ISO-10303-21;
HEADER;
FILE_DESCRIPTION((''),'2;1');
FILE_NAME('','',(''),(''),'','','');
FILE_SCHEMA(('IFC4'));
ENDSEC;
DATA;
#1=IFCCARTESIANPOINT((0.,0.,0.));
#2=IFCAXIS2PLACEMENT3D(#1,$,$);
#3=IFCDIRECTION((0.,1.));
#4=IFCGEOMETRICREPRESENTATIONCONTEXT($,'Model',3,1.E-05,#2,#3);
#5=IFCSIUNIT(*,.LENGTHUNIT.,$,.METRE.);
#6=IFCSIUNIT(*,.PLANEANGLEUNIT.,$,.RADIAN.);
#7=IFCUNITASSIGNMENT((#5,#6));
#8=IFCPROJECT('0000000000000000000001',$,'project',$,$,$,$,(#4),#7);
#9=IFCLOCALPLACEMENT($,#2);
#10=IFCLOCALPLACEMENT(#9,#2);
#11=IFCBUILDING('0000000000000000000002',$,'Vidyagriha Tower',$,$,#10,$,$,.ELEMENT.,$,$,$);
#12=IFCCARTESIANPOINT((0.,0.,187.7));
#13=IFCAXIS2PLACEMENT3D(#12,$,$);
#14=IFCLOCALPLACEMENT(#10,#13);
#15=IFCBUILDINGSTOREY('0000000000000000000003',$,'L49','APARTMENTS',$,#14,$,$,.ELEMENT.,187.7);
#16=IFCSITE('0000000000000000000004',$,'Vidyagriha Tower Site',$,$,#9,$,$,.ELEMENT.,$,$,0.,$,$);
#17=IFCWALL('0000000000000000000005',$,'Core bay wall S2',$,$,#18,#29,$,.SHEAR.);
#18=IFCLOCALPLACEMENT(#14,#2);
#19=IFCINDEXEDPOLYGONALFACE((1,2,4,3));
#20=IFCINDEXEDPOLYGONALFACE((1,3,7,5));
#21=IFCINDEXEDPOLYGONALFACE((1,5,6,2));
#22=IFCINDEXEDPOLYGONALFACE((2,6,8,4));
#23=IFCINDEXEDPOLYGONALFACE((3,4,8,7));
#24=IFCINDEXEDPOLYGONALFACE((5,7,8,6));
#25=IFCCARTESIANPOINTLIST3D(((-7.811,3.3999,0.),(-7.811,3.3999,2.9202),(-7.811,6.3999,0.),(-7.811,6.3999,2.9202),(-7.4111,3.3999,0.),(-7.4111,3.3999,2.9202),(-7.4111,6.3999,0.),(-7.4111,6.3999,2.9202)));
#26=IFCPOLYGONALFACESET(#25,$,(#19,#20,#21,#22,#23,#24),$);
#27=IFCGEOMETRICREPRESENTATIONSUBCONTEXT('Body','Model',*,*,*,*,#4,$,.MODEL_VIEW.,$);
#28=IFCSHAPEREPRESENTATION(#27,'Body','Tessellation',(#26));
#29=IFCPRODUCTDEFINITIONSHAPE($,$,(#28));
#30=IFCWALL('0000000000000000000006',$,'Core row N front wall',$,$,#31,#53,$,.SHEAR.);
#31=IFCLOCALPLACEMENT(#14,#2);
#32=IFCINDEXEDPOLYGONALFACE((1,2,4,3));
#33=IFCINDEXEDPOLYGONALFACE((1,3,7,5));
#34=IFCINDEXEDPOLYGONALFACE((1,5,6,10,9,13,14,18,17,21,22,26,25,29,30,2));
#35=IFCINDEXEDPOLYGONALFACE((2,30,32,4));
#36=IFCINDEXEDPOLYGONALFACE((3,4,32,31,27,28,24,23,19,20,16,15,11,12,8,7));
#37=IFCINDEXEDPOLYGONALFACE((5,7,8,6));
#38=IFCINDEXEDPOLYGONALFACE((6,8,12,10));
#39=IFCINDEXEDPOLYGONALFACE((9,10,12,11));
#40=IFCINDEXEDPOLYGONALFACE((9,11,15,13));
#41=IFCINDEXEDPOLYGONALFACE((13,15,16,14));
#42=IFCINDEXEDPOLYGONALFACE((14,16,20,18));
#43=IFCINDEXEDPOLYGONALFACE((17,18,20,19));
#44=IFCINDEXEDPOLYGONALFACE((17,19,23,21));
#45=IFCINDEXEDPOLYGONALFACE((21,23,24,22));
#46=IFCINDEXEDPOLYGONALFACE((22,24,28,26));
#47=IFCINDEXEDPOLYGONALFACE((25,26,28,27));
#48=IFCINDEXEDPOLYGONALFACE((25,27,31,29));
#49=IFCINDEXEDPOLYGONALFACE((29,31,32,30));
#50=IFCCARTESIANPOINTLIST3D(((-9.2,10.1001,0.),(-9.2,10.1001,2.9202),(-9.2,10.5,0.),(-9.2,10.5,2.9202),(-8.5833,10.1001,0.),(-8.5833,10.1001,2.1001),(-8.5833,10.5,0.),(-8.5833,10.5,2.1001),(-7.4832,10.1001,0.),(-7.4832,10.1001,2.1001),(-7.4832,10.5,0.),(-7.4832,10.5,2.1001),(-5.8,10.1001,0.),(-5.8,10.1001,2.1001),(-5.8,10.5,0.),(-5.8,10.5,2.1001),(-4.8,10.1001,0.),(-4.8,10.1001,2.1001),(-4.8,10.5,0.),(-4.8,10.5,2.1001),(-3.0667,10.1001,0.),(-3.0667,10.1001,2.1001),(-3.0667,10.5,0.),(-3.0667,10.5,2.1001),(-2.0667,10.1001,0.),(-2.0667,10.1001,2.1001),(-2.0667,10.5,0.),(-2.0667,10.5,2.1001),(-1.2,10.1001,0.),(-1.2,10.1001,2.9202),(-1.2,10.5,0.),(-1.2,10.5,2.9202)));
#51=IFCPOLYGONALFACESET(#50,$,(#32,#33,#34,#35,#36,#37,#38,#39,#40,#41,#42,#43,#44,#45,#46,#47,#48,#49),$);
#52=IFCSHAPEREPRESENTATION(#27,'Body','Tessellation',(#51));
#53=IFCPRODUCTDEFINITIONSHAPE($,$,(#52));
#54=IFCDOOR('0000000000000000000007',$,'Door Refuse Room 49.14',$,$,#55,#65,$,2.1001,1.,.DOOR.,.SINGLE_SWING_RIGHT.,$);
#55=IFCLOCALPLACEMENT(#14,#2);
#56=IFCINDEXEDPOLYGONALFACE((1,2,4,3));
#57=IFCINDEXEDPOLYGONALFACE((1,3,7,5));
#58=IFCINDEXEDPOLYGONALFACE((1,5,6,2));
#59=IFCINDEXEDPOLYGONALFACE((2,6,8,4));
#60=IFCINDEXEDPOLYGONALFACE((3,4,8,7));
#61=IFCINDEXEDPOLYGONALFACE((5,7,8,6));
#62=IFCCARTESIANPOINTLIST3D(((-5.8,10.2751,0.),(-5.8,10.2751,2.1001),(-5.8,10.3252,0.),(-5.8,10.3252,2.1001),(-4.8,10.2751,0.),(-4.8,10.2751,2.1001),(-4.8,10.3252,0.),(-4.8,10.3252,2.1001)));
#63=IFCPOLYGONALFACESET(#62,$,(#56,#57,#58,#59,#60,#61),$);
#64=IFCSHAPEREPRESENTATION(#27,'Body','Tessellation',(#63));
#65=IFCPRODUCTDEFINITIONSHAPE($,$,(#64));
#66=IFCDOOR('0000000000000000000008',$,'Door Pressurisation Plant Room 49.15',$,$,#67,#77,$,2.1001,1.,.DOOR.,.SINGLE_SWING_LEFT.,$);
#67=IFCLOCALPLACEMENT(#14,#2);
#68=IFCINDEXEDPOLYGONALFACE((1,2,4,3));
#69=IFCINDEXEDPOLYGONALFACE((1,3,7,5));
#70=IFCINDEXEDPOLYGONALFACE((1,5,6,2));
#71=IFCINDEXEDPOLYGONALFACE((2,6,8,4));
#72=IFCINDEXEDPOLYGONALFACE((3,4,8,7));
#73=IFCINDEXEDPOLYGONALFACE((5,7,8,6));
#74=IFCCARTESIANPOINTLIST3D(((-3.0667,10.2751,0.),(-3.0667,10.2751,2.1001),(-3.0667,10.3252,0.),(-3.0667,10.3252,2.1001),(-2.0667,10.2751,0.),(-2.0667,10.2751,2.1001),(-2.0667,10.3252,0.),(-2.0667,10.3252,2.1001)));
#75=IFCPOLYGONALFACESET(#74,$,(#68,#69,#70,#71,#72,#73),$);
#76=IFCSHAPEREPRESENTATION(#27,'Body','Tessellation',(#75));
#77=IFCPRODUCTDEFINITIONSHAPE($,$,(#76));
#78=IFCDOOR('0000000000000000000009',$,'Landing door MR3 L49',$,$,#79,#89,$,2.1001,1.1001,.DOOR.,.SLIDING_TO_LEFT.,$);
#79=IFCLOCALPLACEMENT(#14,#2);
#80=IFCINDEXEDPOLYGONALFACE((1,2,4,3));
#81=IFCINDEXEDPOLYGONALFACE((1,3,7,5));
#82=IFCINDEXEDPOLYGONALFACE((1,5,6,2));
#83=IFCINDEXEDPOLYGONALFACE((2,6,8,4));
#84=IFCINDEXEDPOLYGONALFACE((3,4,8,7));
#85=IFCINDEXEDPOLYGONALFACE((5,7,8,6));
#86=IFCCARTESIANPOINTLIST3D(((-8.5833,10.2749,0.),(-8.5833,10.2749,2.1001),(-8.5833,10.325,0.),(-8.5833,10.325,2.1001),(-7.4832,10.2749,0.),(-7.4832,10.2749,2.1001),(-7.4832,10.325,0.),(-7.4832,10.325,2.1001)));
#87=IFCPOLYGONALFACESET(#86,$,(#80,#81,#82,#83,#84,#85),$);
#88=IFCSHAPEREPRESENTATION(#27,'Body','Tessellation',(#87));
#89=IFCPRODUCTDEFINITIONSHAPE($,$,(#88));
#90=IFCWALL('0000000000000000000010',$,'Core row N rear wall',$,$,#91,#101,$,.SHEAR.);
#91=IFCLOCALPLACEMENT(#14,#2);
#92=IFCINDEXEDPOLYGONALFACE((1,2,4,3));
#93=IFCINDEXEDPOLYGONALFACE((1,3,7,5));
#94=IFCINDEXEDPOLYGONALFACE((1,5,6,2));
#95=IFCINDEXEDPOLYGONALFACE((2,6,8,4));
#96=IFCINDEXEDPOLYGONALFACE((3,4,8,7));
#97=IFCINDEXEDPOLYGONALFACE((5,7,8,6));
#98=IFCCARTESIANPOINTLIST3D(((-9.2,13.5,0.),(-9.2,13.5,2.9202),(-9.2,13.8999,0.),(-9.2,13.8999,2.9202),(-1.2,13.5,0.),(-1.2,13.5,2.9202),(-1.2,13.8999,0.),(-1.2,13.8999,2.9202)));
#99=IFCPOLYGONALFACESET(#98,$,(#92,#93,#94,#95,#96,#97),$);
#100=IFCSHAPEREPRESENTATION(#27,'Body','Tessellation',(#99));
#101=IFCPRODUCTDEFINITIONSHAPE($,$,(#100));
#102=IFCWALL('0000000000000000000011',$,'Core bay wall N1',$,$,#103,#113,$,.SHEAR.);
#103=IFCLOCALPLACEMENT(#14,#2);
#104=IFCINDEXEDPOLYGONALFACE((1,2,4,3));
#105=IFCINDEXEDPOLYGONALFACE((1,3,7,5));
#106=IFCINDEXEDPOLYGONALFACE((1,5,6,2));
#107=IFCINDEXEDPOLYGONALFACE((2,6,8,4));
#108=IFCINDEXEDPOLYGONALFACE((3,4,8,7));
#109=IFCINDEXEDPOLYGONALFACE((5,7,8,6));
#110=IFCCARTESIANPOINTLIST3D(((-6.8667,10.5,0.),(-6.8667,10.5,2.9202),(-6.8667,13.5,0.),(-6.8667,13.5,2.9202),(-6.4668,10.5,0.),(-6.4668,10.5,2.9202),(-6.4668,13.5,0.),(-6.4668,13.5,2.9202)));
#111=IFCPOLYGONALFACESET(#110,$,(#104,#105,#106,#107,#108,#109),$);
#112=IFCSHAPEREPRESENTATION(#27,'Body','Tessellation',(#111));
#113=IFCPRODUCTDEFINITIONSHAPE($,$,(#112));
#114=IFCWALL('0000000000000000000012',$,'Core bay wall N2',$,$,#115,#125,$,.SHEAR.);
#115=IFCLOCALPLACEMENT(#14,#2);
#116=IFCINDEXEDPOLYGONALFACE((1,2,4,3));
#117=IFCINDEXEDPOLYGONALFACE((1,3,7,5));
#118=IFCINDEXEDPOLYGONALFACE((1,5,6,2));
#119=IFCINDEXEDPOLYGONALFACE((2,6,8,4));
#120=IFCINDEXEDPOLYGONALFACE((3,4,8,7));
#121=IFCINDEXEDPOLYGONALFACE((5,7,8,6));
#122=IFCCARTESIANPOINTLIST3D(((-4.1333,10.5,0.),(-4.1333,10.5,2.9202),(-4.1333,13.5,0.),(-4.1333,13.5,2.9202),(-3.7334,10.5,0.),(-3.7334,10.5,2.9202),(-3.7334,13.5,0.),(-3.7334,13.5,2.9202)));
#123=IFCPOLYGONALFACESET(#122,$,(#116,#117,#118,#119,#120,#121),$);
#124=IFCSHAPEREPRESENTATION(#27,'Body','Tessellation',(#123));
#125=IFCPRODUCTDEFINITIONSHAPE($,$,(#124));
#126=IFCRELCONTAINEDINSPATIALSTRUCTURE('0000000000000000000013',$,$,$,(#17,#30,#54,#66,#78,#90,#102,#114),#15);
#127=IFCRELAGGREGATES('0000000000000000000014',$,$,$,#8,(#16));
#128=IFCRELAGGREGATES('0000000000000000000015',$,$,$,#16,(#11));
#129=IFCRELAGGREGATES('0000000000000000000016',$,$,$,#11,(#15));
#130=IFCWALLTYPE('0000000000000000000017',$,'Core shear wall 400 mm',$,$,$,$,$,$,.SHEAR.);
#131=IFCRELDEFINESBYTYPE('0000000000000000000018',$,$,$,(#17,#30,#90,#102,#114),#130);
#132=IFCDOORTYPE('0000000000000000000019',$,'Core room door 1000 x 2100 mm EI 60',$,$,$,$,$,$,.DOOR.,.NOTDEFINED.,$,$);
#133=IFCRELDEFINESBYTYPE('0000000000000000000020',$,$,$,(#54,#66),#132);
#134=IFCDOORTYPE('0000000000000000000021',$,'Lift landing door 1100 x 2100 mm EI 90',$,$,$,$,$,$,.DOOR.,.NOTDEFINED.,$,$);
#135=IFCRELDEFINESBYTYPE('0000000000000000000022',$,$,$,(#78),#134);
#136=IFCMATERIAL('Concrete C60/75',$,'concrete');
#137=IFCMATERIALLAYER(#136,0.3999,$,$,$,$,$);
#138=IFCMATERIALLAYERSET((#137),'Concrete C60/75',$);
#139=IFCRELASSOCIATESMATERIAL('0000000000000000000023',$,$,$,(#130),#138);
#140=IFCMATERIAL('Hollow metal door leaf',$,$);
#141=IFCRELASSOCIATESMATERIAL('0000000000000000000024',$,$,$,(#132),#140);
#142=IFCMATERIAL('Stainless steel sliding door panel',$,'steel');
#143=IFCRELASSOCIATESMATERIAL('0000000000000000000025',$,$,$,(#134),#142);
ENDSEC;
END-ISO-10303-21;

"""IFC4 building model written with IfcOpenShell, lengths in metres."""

from ifc_helpers import new_model, si_unit, direction, frame, frame_2d, origin, place, context, subcontext, project, spatial, rectangle, extrude, material, layer, layer_set, type_object, element, fill, save


model = new_model("IFC4")

# Units and contexts
model_context = context("Model", 3, precision=1e-05, world=origin(), true_north=direction((0.0, 1.0)))
body_context = subcontext(model_context, "Body", "Model", "MODEL_VIEW")
ifc_project = project(units=[si_unit("LENGTHUNIT", "METRE"), si_unit("PLANEANGLEUNIT", "RADIAN")], contexts=[model_context])

# Site, building, storey
site_placement = place(None, origin())
site = spatial("IfcSite", under=ifc_project, at=site_placement, Name="Vidyagriha Tower Site", CompositionType="ELEMENT", RefElevation=0.0)
building_placement = place(site_placement, origin())
building = spatial("IfcBuilding", under=site, at=building_placement, Name="Vidyagriha Tower", CompositionType="ELEMENT")
storey_placement = place(building_placement, frame((0.0, 0.0, 187.7)))
storey = spatial("IfcBuildingStorey", under=building, at=storey_placement, Name="L49", Description="APARTMENTS", CompositionType="ELEMENT", Elevation=187.7)

# Shared definitions
ifc_material_1 = material(Name="Concrete C60/75", Category="concrete")
ifc_layer_1 = layer(ifc_material_1, 0.3999)
ifc_layer_set_1 = layer_set([ifc_layer_1], Name="Concrete C60/75")
wall_type_1 = type_object("IfcWallType", Name="Core shear wall 400 mm", PredefinedType="SHEAR", material=ifc_layer_set_1)
ifc_material_2 = material(Name="Hollow metal door leaf")
door_type_1 = type_object("IfcDoorType", Name="Core room door 1000 x 2100 mm EI 60", OperationType="NOTDEFINED", PredefinedType="DOOR", material=ifc_material_2)
ifc_material_3 = material(Name="Stainless steel sliding door panel", Category="steel")
door_type_2 = type_object("IfcDoorType", Name="Lift landing door 1100 x 2100 mm EI 90", OperationType="NOTDEFINED", PredefinedType="DOOR", material=ifc_material_3)

# Wall
wall_1_placement = place(storey_placement, frame((-7.6111, 3.3999, 0.0), z_axis=(0.0, 0.0, 1.0), x_axis=(0.0, 1.0, 0.0)))
element("IfcWall", 1, at=wall_1_placement, inside=storey, type_object=wall_type_1, Name="Core bay wall S2", PredefinedType="SHEAR", context=body_context, shape_type="SweptSolid", body=[
    extrude(rectangle(XDim=3.0, YDim=0.3999, at=frame_2d((1.5, 0.0))), origin(), (0.0, 0.0, 1.0), 2.9202),
])

# Wall, openings, doors
wall_2_placement = place(storey_placement, frame((-9.2, 10.3, 0.0)))
wall_2 = element("IfcWall", 2, at=wall_2_placement, inside=storey, type_object=wall_type_1, Name="Core row N front wall", PredefinedType="SHEAR", context=body_context, shape_type="SweptSolid", body=[
    extrude(rectangle(XDim=8.0, YDim=0.3999, at=frame_2d((4.0, 0.0))), origin(), (0.0, 0.0, 1.0), 2.9202),
])
opening_1_placement = place(wall_2_placement, frame((0.6167, 0.0, 0.0)))
opening_1 = element("IfcOpeningElement", 3, at=opening_1_placement, cuts=wall_2, PredefinedType="OPENING", context=body_context, shape_type="SweptSolid", body=[
    extrude(rectangle(XDim=1.1001, YDim=2.1001, at=frame_2d((0.55, 1.05))), frame((0.0, 0.21, 0.0), z_axis=(0.0, -1.0, 0.0), x_axis=(1.0, 0.0, 0.0)), (0.0, 0.0, 1.0), 0.4199),
])
opening_2_placement = place(wall_2_placement, frame((3.3999, 0.0, 0.0)))
opening_2 = element("IfcOpeningElement", 4, at=opening_2_placement, cuts=wall_2, PredefinedType="OPENING", context=body_context, shape_type="SweptSolid", body=[
    extrude(rectangle(XDim=1.0, YDim=2.1001, at=frame_2d((0.5, 1.05))), frame((0.0, 0.21, 0.0), z_axis=(0.0, -1.0, 0.0), x_axis=(1.0, 0.0, 0.0)), (0.0, 0.0, 1.0), 0.4199),
])
opening_3_placement = place(wall_2_placement, frame((6.1333, 0.0, 0.0)))
opening_3 = element("IfcOpeningElement", 5, at=opening_3_placement, cuts=wall_2, PredefinedType="OPENING", context=body_context, shape_type="SweptSolid", body=[
    extrude(rectangle(XDim=1.0, YDim=2.1001, at=frame_2d((0.5, 1.05))), frame((0.0, 0.21, 0.0), z_axis=(0.0, -1.0, 0.0), x_axis=(1.0, 0.0, 0.0)), (0.0, 0.0, 1.0), 0.4199),
])
door_1_placement = place(opening_2_placement, frame((1.0, 0.0, 0.0), z_axis=(0.0, 0.0, 1.0), x_axis=(-1.0, 0.0, 0.0)))
door_1 = element("IfcDoor", 6, at=door_1_placement, inside=storey, type_object=door_type_1, Name="Door Refuse Room 49.14", OperationType="SINGLE_SWING_RIGHT", OverallHeight=2.1001, OverallWidth=1.0, PredefinedType="DOOR", context=body_context, shape_type="SweptSolid", body=[
    extrude(rectangle(XDim=1.0, YDim=2.1001, at=frame_2d((0.5, 1.05))), frame((0.0, 0.0249, 0.0), z_axis=(0.0, -1.0, 0.0), x_axis=(1.0, 0.0, 0.0)), (0.0, 0.0, 1.0), 0.05),
])
fill(opening_2, door_1)
door_2_placement = place(opening_3_placement, frame((1.0, 0.0, 0.0), z_axis=(0.0, 0.0, 1.0), x_axis=(-1.0, 0.0, 0.0)))
door_2 = element("IfcDoor", 7, at=door_2_placement, inside=storey, type_object=door_type_1, Name="Door Pressurisation Plant Room 49.15", OperationType="SINGLE_SWING_LEFT", OverallHeight=2.1001, OverallWidth=1.0, PredefinedType="DOOR", context=body_context, shape_type="SweptSolid", body=[
    extrude(rectangle(XDim=1.0, YDim=2.1001, at=frame_2d((0.5, 1.05))), frame((0.0, 0.0249, 0.0), z_axis=(0.0, -1.0, 0.0), x_axis=(1.0, 0.0, 0.0)), (0.0, 0.0, 1.0), 0.05),
])
fill(opening_3, door_2)
door_3_placement = place(opening_1_placement, origin())
door_3 = element("IfcDoor", 8, at=door_3_placement, inside=storey, type_object=door_type_2, Name="Landing door MR3 L49", OperationType="SLIDING_TO_LEFT", OverallHeight=2.1001, OverallWidth=1.1001, PredefinedType="DOOR", context=body_context, shape_type="SweptSolid", body=[
    extrude(rectangle(XDim=1.1001, YDim=2.1001, at=frame_2d((0.55, 1.05))), frame((0.0, 0.0249, 0.0), z_axis=(0.0, -1.0, 0.0), x_axis=(1.0, 0.0, 0.0)), (0.0, 0.0, 1.0), 0.05),
])
fill(opening_1, door_3)

# Walls
wall_3_placement = place(storey_placement, frame((-9.2, 13.7, 0.0)))
element("IfcWall", 9, at=wall_3_placement, inside=storey, type_object=wall_type_1, Name="Core row N rear wall", PredefinedType="SHEAR", context=body_context, shape_type="SweptSolid", body=[
    extrude(rectangle(XDim=8.0, YDim=0.3999, at=frame_2d((4.0, 0.0))), origin(), (0.0, 0.0, 1.0), 2.9202),
])
for number, where, z_axis, x_axis, name in (
    (10, (-6.6667, 10.5, 0.0), (0.0, 0.0, 1.0), (0.0, 1.0, 0.0), "Core bay wall N1"),
    (11, (-3.9333, 10.5, 0.0), (0.0, 0.0, 1.0), (0.0, 1.0, 0.0), "Core bay wall N2"),
):
    element("IfcWall", number, at=place(storey_placement, frame(where, z_axis=z_axis, x_axis=x_axis)), inside=storey, type_object=wall_type_1, Name=name, PredefinedType="SHEAR", context=body_context, shape_type="SweptSolid", body=[
        extrude(rectangle(XDim=3.0, YDim=0.3999, at=frame_2d((1.5, 0.0))), origin(), (0.0, 0.0, 1.0), 2.9202),
    ])

save(model, "model.ifc")
